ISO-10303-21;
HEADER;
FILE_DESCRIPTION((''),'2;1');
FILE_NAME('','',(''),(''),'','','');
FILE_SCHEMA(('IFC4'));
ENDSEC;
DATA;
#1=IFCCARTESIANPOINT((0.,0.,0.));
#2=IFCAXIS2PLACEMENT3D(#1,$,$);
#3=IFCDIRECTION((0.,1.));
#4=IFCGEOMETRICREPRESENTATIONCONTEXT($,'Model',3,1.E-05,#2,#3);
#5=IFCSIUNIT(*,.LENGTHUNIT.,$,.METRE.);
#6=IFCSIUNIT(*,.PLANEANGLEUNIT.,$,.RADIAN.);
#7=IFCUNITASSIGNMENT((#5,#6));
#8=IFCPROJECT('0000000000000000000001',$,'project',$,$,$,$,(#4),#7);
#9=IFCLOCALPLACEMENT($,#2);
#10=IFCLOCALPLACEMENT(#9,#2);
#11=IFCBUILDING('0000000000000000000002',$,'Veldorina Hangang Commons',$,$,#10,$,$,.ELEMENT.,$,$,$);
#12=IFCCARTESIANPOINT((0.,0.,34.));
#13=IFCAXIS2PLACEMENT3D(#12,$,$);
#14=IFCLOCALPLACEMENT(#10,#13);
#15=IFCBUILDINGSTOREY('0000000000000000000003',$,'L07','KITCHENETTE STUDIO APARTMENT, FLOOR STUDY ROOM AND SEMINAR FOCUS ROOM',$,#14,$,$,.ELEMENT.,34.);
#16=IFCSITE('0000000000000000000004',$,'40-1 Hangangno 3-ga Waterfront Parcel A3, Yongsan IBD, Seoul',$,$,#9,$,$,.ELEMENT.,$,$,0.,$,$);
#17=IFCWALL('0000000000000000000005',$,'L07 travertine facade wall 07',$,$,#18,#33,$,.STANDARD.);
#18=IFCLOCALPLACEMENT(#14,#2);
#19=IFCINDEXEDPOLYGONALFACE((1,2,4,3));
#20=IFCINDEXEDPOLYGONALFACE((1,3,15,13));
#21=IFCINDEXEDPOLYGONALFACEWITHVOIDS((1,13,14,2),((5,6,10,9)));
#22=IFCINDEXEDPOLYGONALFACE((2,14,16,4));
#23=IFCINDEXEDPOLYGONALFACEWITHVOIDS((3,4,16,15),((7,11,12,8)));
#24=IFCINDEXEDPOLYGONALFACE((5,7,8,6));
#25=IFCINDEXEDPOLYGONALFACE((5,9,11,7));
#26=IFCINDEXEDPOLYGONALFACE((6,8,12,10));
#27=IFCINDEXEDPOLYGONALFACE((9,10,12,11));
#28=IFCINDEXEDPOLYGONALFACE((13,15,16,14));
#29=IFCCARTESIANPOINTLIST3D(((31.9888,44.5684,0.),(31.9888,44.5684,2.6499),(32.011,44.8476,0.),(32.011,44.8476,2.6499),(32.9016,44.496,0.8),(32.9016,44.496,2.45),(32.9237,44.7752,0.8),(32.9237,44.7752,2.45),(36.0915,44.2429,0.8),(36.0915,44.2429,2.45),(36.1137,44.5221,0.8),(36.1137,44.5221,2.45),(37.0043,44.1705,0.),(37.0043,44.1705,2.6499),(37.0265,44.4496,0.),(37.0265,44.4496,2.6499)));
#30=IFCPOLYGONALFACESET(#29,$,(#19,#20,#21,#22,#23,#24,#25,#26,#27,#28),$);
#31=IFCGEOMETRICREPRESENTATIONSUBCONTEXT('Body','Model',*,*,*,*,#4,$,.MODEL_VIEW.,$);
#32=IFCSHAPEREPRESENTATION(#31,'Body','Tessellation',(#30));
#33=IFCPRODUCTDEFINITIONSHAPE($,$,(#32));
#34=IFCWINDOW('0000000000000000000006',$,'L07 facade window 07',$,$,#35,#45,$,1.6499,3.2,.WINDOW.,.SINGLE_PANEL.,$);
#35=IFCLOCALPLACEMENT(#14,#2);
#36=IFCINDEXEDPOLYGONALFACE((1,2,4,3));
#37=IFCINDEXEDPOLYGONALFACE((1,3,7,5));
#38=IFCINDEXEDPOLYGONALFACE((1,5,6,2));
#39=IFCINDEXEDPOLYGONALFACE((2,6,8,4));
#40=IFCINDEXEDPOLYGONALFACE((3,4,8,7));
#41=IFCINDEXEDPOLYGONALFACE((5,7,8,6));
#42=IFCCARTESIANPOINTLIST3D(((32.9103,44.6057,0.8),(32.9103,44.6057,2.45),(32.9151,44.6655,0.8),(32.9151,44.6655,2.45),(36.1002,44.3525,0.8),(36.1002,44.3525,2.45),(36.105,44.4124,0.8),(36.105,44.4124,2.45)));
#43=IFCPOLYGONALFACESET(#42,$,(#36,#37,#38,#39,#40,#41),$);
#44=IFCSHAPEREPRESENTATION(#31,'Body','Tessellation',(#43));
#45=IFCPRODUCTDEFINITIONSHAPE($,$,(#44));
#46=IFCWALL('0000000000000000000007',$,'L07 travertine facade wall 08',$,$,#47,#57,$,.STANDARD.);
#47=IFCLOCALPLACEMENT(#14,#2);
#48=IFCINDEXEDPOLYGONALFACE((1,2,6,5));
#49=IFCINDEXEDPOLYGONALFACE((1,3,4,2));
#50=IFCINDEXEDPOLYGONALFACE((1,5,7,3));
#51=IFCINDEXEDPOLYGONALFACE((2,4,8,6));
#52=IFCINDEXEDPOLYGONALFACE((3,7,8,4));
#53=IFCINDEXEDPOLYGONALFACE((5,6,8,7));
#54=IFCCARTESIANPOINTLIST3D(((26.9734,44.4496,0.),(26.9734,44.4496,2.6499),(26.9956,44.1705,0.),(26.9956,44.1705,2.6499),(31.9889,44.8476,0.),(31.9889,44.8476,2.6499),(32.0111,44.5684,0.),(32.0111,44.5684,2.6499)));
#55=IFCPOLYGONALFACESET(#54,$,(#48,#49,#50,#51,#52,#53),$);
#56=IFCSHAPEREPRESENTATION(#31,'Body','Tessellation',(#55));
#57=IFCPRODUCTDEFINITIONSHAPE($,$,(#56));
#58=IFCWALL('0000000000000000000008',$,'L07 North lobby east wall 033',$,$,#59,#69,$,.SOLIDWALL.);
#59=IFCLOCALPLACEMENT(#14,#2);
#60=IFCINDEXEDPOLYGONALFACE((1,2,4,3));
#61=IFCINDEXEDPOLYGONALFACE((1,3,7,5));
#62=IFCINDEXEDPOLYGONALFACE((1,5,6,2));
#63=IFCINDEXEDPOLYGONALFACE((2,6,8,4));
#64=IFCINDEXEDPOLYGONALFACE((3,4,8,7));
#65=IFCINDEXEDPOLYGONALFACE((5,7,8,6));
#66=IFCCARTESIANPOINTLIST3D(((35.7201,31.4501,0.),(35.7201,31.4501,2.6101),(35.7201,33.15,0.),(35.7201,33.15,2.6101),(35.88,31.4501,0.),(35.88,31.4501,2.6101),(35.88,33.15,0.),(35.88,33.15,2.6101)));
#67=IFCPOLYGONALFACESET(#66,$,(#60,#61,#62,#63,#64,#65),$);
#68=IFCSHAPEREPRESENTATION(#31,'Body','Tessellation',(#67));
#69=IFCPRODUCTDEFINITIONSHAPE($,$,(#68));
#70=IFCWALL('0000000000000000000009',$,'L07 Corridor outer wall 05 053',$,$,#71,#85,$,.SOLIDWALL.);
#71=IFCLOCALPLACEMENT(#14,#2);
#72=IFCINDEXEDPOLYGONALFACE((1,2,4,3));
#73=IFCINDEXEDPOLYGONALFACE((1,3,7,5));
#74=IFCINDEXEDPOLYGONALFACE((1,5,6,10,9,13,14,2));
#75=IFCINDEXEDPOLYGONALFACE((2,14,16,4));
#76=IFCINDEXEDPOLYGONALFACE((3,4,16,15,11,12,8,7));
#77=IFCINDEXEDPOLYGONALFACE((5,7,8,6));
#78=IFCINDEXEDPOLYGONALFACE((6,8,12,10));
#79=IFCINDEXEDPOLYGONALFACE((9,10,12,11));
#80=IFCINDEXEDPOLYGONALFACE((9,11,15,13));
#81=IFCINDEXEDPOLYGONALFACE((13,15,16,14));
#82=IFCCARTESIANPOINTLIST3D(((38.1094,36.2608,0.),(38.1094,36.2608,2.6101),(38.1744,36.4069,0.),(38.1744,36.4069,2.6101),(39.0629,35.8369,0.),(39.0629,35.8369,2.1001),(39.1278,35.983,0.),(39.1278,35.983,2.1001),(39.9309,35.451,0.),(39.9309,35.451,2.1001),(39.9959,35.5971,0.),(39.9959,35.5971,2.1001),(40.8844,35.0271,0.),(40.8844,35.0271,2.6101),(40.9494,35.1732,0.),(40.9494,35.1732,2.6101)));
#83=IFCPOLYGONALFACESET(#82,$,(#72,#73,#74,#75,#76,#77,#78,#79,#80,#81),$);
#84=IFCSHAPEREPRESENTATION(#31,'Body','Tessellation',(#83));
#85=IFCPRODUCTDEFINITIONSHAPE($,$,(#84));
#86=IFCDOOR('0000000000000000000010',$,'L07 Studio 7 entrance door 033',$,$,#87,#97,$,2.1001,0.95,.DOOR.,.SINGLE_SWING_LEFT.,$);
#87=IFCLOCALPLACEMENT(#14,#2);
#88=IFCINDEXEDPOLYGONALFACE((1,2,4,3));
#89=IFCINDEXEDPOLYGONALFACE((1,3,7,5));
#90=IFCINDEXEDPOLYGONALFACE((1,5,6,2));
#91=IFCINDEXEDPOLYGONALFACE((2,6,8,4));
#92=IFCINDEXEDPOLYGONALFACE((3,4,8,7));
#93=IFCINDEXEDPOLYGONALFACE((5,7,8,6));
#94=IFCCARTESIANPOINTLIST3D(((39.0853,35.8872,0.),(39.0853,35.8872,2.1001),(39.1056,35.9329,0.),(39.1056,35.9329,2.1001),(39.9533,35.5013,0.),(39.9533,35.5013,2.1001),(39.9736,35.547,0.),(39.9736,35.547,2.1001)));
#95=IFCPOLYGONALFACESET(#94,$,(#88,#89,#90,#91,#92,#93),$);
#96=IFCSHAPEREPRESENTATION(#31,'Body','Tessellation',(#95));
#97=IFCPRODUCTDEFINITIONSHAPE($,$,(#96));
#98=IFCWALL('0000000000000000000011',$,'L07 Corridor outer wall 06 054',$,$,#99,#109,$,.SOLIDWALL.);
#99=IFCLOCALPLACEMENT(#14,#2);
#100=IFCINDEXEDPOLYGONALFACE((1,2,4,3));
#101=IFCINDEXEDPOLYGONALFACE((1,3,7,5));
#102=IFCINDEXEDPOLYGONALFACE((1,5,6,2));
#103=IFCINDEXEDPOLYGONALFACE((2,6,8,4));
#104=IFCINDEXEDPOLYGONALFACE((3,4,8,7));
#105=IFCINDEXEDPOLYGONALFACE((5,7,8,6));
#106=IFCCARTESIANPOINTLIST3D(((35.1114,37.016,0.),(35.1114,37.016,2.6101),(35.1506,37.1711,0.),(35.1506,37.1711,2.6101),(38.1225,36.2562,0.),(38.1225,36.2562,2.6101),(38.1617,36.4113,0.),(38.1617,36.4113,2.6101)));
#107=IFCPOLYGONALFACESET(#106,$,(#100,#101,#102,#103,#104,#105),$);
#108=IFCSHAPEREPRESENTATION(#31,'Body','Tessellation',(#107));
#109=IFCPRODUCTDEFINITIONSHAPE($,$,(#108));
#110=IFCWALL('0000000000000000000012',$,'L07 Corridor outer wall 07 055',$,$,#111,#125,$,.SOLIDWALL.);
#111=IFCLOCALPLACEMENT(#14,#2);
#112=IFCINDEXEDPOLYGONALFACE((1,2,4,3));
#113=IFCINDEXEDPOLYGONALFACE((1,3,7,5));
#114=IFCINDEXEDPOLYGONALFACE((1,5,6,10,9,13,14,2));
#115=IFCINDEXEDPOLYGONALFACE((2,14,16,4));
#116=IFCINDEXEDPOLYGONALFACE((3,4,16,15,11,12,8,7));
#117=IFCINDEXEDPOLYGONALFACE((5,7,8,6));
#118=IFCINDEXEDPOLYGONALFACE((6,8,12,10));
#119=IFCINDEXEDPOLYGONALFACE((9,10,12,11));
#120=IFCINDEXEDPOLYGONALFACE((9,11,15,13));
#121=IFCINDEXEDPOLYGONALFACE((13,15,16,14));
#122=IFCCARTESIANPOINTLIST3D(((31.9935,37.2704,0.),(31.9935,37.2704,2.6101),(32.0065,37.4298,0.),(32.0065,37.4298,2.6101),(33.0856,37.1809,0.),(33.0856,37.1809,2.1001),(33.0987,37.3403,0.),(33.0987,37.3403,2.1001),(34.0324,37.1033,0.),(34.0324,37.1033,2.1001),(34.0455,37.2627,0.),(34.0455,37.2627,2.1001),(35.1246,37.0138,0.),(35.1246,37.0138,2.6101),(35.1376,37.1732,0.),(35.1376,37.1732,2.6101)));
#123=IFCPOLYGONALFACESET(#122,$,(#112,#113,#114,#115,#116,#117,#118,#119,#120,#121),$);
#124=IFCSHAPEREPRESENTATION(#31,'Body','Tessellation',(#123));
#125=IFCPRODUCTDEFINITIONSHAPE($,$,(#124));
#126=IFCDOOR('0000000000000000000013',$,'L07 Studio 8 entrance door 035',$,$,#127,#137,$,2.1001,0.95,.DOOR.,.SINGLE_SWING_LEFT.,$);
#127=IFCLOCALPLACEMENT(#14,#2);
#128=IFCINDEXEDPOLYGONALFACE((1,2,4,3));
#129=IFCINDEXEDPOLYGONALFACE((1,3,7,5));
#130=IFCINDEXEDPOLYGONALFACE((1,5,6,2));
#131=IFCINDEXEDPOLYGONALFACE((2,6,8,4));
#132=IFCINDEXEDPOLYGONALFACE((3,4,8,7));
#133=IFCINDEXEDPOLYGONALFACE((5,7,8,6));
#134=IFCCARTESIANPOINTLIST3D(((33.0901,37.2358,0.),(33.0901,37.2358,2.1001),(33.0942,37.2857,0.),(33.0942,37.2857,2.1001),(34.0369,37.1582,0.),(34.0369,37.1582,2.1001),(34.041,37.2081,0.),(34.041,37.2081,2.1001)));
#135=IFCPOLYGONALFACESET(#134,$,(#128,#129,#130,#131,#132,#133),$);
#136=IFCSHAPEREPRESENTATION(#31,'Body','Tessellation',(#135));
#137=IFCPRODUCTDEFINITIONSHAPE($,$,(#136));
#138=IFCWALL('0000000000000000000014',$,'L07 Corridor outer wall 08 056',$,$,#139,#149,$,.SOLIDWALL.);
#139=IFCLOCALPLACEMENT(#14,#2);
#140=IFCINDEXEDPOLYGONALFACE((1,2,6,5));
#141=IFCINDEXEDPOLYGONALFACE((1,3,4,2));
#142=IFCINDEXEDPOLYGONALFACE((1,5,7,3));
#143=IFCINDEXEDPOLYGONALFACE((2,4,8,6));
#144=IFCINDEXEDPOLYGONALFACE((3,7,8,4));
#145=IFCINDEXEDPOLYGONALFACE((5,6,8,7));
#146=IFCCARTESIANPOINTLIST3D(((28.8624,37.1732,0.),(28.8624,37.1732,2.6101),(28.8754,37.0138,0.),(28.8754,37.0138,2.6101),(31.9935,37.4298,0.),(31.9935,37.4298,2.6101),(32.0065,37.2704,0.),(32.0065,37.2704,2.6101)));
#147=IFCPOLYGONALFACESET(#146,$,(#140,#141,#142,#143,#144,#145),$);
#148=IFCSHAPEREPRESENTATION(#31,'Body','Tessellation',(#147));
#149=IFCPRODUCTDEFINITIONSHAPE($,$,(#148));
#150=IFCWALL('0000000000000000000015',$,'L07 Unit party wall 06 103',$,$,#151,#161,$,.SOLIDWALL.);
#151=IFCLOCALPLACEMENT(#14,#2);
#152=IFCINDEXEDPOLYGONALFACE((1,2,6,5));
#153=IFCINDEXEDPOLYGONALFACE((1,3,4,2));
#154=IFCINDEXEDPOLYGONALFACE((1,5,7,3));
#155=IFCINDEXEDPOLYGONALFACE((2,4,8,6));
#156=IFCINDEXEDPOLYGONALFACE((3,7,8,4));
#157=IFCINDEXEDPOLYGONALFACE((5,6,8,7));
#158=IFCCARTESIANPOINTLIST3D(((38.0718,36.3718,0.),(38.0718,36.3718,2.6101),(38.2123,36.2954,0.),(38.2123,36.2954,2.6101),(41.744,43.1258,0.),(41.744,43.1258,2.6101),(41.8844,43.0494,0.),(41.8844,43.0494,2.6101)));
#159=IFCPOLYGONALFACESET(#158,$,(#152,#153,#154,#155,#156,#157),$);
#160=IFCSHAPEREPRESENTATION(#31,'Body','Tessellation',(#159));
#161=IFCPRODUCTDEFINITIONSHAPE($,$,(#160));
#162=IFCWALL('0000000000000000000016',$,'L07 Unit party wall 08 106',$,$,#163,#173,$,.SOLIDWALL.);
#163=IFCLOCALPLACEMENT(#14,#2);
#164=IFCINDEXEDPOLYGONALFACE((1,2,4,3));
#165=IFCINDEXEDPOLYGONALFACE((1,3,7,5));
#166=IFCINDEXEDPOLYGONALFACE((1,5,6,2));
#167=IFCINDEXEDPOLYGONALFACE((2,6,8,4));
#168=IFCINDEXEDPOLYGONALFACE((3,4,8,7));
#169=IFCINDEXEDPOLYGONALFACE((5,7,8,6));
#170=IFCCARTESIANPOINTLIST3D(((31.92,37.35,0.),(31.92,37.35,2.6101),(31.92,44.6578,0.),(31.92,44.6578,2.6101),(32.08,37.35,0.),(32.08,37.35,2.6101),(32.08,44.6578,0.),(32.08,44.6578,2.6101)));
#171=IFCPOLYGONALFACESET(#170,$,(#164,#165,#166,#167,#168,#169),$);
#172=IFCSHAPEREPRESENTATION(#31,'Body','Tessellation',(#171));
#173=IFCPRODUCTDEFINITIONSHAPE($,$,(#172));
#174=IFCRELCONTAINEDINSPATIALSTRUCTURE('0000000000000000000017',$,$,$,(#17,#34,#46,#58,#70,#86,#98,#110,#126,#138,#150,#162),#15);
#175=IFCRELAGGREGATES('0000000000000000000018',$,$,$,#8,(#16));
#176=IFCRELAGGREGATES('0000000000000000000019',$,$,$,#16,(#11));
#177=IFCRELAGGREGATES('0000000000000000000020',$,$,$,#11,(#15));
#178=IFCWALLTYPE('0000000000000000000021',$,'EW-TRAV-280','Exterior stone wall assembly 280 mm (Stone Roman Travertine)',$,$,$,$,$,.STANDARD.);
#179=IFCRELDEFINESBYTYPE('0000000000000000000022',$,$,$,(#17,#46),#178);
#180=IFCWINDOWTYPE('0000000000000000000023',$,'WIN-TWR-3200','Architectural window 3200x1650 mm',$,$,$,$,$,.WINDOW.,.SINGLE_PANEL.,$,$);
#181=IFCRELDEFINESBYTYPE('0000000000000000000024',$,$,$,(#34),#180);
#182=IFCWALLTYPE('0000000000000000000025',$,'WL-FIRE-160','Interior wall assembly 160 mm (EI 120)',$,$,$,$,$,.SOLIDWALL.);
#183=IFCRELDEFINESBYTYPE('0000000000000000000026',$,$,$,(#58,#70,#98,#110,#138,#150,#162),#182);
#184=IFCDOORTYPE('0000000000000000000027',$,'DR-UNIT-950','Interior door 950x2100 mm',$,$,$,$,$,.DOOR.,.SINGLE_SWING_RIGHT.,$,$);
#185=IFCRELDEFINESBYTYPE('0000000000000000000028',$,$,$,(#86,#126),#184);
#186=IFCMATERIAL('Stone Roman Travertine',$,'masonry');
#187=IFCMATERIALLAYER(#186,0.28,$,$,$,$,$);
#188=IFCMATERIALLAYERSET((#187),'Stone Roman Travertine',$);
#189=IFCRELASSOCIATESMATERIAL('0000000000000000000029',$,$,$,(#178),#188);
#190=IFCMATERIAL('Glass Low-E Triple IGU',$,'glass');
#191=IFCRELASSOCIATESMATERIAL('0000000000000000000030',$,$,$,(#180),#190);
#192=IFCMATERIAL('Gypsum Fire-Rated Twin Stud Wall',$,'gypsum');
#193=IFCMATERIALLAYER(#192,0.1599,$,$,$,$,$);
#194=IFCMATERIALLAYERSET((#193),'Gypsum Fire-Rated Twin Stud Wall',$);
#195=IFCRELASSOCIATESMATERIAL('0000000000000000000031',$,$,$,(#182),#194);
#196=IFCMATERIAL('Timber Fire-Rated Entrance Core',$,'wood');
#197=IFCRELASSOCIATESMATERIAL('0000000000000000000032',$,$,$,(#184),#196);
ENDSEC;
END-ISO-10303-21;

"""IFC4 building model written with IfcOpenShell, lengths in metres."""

from ifc_helpers import new_model, si_unit, direction, frame, frame_2d, origin, place, context, subcontext, project, spatial, rectangle, extrude, material, layer, layer_set, type_object, element, fill, save


model = new_model("IFC4")

# Units and contexts
model_context = context("Model", 3, precision=1e-05, world=origin(), true_north=direction((0.0, 1.0)))
body_context = subcontext(model_context, "Body", "Model", "MODEL_VIEW")
ifc_project = project(units=[si_unit("LENGTHUNIT", "METRE"), si_unit("PLANEANGLEUNIT", "RADIAN")], contexts=[model_context])

# Site, building, storey
site_placement = place(None, origin())
site = spatial("IfcSite", under=ifc_project, at=site_placement, Name="40-1 Hangangno 3-ga Waterfront Parcel A3, Yongsan IBD, Seoul", CompositionType="ELEMENT", RefElevation=0.0)
building_placement = place(site_placement, origin())
building = spatial("IfcBuilding", under=site, at=building_placement, Name="Veldorina Hangang Commons", CompositionType="ELEMENT")
storey_placement = place(building_placement, frame((0.0, 0.0, 34.0)))
storey = spatial("IfcBuildingStorey", under=building, at=storey_placement, Name="L07", Description="KITCHENETTE STUDIO APARTMENT, FLOOR STUDY ROOM AND SEMINAR FOCUS ROOM", CompositionType="ELEMENT", Elevation=34.0)

# Shared definitions
ifc_material_1 = material(Name="Stone Roman Travertine", Category="masonry")
ifc_layer_1 = layer(ifc_material_1, 0.28)
ifc_layer_set_1 = layer_set([ifc_layer_1], Name="Stone Roman Travertine")
wall_type_1 = type_object("IfcWallType", Name="EW-TRAV-280", Description="Exterior stone wall assembly 280 mm (Stone Roman Travertine)", PredefinedType="STANDARD", material=ifc_layer_set_1)

# Wall, opening, window
wall_1_placement = place(storey_placement, frame((37.0154, 44.3101, 0.0), z_axis=(0.0, 0.0, 1.0), x_axis=(-0.996867, 0.079097, 0.0)))
wall_1 = element("IfcWall", 1, at=wall_1_placement, inside=storey, type_object=wall_type_1, Name="L07 travertine facade wall 07", PredefinedType="STANDARD", context=body_context, shape_type="SweptSolid", body=[
    extrude(rectangle(XDim=5.0312, YDim=0.28, at=frame_2d((2.5156, 0.0))), origin(), (0.0, 0.0, 1.0), 2.6499),
])
opening_1_placement = place(wall_1_placement, frame((0.9155, 0.0, 0.8)))
opening_1 = element("IfcOpeningElement", 2, at=opening_1_placement, cuts=wall_1, PredefinedType="OPENING", context=body_context, shape_type="SweptSolid", body=[
    extrude(rectangle(XDim=3.2, YDim=1.6499, at=frame_2d((1.6001, 0.825))), frame((0.0, 0.1499, 0.0), z_axis=(0.0, -1.0, 0.0), x_axis=(1.0, 0.0, 0.0)), (0.0, 0.0, 1.0), 0.3),
])
ifc_material_2 = material(Name="Glass Low-E Triple IGU", Category="glass")
window_type = type_object("IfcWindowType", Name="WIN-TWR-3200", Description="Architectural window 3200x1650 mm", PartitioningType="SINGLE_PANEL", PredefinedType="WINDOW", material=ifc_material_2)
window_placement = place(opening_1_placement, origin())
window = element("IfcWindow", 3, at=window_placement, inside=storey, type_object=window_type, Name="L07 facade window 07", OverallHeight=1.6499, OverallWidth=3.2, PartitioningType="SINGLE_PANEL", PredefinedType="WINDOW", context=body_context, shape_type="SweptSolid", body=[
    extrude(rectangle(XDim=3.2, YDim=1.6499, at=frame_2d((1.6001, 0.825))), frame((0.0, 0.03, 0.0), z_axis=(0.0, -1.0, 0.0), x_axis=(1.0, 0.0, 0.0)), (0.0, 0.0, 1.0), 0.0601),
])
fill(opening_1, window)

# Walls
wall_2_placement = place(storey_placement, frame((32.0, 44.708, 0.0), z_axis=(0.0, 0.0, 1.0), x_axis=(-0.996867, -0.079097, 0.0)))
element("IfcWall", 4, at=wall_2_placement, inside=storey, type_object=wall_type_1, Name="L07 travertine facade wall 08", PredefinedType="STANDARD", context=body_context, shape_type="SweptSolid", body=[
    extrude(rectangle(XDim=5.0312, YDim=0.28, at=frame_2d((2.5156, 0.0))), origin(), (0.0, 0.0, 1.0), 2.6499),
])
ifc_material_3 = material(Name="Gypsum Fire-Rated Twin Stud Wall", Category="gypsum")
ifc_layer_2 = layer(ifc_material_3, 0.1599)
ifc_layer_set_2 = layer_set([ifc_layer_2], Name="Gypsum Fire-Rated Twin Stud Wall")
wall_type_2 = type_object("IfcWallType", Name="WL-FIRE-160", Description="Interior wall assembly 160 mm (EI 120)", PredefinedType="SOLIDWALL", material=ifc_layer_set_2)
wall_3_placement = place(storey_placement, frame((35.8, 31.45, 0.0), z_axis=(0.0, 0.0, 1.0), x_axis=(0.0, 1.0, 0.0)))
element("IfcWall", 5, at=wall_3_placement, inside=storey, type_object=wall_type_2, Name="L07 North lobby east wall 033", PredefinedType="SOLIDWALL", context=body_context, shape_type="SweptSolid", body=[
    extrude(rectangle(XDim=1.7, YDim=0.1599, at=frame_2d((0.8501, 0.0))), origin(), (0.0, 0.0, 1.0), 2.6101),
])

# Wall, opening, door
wall_4_placement = place(storey_placement, frame((40.917, 35.1001, 0.0), z_axis=(0.0, 0.0, 1.0), x_axis=(-0.913768, 0.406235, 0.0)))
wall_4 = element("IfcWall", 6, at=wall_4_placement, inside=storey, type_object=wall_type_2, Name="L07 Corridor outer wall 05 053", PredefinedType="SOLIDWALL", context=body_context, shape_type="SweptSolid", body=[
    extrude(rectangle(XDim=3.0369, YDim=0.1599, at=frame_2d((1.5186, 0.0))), origin(), (0.0, 0.0, 1.0), 2.6101),
])
opening_2_placement = place(wall_4_placement, frame((1.0435, 0.0, 0.0)))
opening_2 = element("IfcOpeningElement", 7, at=opening_2_placement, cuts=wall_4, PredefinedType="OPENING", context=body_context, shape_type="SweptSolid", body=[
    extrude(rectangle(XDim=0.95, YDim=2.1001, at=frame_2d((0.4751, 1.05))), frame((0.0, 0.0898, 0.0), z_axis=(0.0, -1.0, 0.0), x_axis=(1.0, 0.0, 0.0)), (0.0, 0.0, 1.0), 0.1799),
])
ifc_material_4 = material(Name="Timber Fire-Rated Entrance Core", Category="wood")
door_type_1 = type_object("IfcDoorType", Name="DR-UNIT-950", Description="Interior door 950x2100 mm", OperationType="SINGLE_SWING_RIGHT", PredefinedType="DOOR", material=ifc_material_4)
door_1_placement = place(opening_2_placement, origin())
door_1 = element("IfcDoor", 8, at=door_1_placement, inside=storey, type_object=door_type_1, Name="L07 Studio 7 entrance door 033", OperationType="SINGLE_SWING_LEFT", OverallHeight=2.1001, OverallWidth=0.95, PredefinedType="DOOR", context=body_context, shape_type="SweptSolid", body=[
    extrude(rectangle(XDim=0.95, YDim=2.1001, at=frame_2d((0.4751, 1.05))), frame((0.0, 0.0249, 0.0), z_axis=(0.0, -1.0, 0.0), x_axis=(1.0, 0.0, 0.0)), (0.0, 0.0, 1.0), 0.05),
])
fill(opening_2, door_1)

# Wall
wall_5_placement = place(storey_placement, frame((38.1421, 36.3337, 0.0), z_axis=(0.0, 0.0, 1.0), x_axis=(-0.969608, 0.244662, 0.0)))
element("IfcWall", 9, at=wall_5_placement, inside=storey, type_object=wall_type_2, Name="L07 Corridor outer wall 06 054", PredefinedType="SOLIDWALL", context=body_context, shape_type="SweptSolid", body=[
    extrude(rectangle(XDim=3.1055, YDim=0.1599, at=frame_2d((1.5527, 0.0))), origin(), (0.0, 0.0, 1.0), 2.6101),
])

# Wall, opening, door
wall_6_placement = place(storey_placement, frame((35.1311, 37.0935, 0.0), z_axis=(0.0, 0.0, 1.0), x_axis=(-0.996659, 0.081676, 0.0)))
wall_6 = element("IfcWall", 10, at=wall_6_placement, inside=storey, type_object=wall_type_2, Name="L07 Corridor outer wall 07 055", PredefinedType="SOLIDWALL", context=body_context, shape_type="SweptSolid", body=[
    extrude(rectangle(XDim=3.1416, YDim=0.1599, at=frame_2d((1.5708, 0.0))), origin(), (0.0, 0.0, 1.0), 2.6101),
])
opening_3_placement = place(wall_6_placement, frame((1.0957, 0.0, 0.0)))
opening_3 = element("IfcOpeningElement", 11, at=opening_3_placement, cuts=wall_6, PredefinedType="OPENING", context=body_context, shape_type="SweptSolid", body=[
    extrude(rectangle(XDim=0.95, YDim=2.1001, at=frame_2d((0.4751, 1.05))), frame((0.0, 0.0898, 0.0), z_axis=(0.0, -1.0, 0.0), x_axis=(1.0, 0.0, 0.0)), (0.0, 0.0, 1.0), 0.1799),
])
door_2_placement = place(opening_3_placement, origin())
door_2 = element("IfcDoor", 12, at=door_2_placement, inside=storey, type_object=door_type_1, Name="L07 Studio 8 entrance door 035", OperationType="SINGLE_SWING_LEFT", OverallHeight=2.1001, OverallWidth=0.95, PredefinedType="DOOR", context=body_context, shape_type="SweptSolid", body=[
    extrude(rectangle(XDim=0.95, YDim=2.1001, at=frame_2d((0.4751, 1.05))), frame((0.0, 0.0249, 0.0), z_axis=(0.0, -1.0, 0.0), x_axis=(1.0, 0.0, 0.0)), (0.0, 0.0, 1.0), 0.05),
])
fill(opening_3, door_2)

# Walls
wall_7_placement = place(storey_placement, frame((32.0, 37.3501, 0.0), z_axis=(0.0, 0.0, 1.0), x_axis=(-0.996659, -0.081676, 0.0)))
element("IfcWall", 13, at=wall_7_placement, inside=storey, type_object=wall_type_2, Name="L07 Corridor outer wall 08 056", PredefinedType="SOLIDWALL", context=body_context, shape_type="SweptSolid", body=[
    extrude(rectangle(XDim=3.1416, YDim=0.1599, at=frame_2d((1.5708, 0.0))), origin(), (0.0, 0.0, 1.0), 2.6101),
])
wall_8_placement = place(storey_placement, frame((38.1421, 36.3337, 0.0), z_axis=(0.0, 0.0, 1.0), x_axis=(0.477666, 0.878542, 0.0)))
element("IfcWall", 14, at=wall_8_placement, inside=storey, type_object=wall_type_2, Name="L07 Unit party wall 06 103", PredefinedType="SOLIDWALL", context=body_context, shape_type="SweptSolid", body=[
    extrude(rectangle(XDim=7.6877, YDim=0.1599, at=frame_2d((3.8438, 0.0))), origin(), (0.0, 0.0, 1.0), 2.6101),
])
wall_9_placement = place(storey_placement, frame((32.0, 37.3501, 0.0), z_axis=(0.0, 0.0, 1.0), x_axis=(0.0, 1.0, 0.0)))
element("IfcWall", 15, at=wall_9_placement, inside=storey, type_object=wall_type_2, Name="L07 Unit party wall 08 106", PredefinedType="SOLIDWALL", context=body_context, shape_type="SweptSolid", body=[
    extrude(rectangle(XDim=7.3079, YDim=0.1599, at=frame_2d((3.6538, 0.0))), origin(), (0.0, 0.0, 1.0), 2.6101),
])

save(model, "model.ifc")
